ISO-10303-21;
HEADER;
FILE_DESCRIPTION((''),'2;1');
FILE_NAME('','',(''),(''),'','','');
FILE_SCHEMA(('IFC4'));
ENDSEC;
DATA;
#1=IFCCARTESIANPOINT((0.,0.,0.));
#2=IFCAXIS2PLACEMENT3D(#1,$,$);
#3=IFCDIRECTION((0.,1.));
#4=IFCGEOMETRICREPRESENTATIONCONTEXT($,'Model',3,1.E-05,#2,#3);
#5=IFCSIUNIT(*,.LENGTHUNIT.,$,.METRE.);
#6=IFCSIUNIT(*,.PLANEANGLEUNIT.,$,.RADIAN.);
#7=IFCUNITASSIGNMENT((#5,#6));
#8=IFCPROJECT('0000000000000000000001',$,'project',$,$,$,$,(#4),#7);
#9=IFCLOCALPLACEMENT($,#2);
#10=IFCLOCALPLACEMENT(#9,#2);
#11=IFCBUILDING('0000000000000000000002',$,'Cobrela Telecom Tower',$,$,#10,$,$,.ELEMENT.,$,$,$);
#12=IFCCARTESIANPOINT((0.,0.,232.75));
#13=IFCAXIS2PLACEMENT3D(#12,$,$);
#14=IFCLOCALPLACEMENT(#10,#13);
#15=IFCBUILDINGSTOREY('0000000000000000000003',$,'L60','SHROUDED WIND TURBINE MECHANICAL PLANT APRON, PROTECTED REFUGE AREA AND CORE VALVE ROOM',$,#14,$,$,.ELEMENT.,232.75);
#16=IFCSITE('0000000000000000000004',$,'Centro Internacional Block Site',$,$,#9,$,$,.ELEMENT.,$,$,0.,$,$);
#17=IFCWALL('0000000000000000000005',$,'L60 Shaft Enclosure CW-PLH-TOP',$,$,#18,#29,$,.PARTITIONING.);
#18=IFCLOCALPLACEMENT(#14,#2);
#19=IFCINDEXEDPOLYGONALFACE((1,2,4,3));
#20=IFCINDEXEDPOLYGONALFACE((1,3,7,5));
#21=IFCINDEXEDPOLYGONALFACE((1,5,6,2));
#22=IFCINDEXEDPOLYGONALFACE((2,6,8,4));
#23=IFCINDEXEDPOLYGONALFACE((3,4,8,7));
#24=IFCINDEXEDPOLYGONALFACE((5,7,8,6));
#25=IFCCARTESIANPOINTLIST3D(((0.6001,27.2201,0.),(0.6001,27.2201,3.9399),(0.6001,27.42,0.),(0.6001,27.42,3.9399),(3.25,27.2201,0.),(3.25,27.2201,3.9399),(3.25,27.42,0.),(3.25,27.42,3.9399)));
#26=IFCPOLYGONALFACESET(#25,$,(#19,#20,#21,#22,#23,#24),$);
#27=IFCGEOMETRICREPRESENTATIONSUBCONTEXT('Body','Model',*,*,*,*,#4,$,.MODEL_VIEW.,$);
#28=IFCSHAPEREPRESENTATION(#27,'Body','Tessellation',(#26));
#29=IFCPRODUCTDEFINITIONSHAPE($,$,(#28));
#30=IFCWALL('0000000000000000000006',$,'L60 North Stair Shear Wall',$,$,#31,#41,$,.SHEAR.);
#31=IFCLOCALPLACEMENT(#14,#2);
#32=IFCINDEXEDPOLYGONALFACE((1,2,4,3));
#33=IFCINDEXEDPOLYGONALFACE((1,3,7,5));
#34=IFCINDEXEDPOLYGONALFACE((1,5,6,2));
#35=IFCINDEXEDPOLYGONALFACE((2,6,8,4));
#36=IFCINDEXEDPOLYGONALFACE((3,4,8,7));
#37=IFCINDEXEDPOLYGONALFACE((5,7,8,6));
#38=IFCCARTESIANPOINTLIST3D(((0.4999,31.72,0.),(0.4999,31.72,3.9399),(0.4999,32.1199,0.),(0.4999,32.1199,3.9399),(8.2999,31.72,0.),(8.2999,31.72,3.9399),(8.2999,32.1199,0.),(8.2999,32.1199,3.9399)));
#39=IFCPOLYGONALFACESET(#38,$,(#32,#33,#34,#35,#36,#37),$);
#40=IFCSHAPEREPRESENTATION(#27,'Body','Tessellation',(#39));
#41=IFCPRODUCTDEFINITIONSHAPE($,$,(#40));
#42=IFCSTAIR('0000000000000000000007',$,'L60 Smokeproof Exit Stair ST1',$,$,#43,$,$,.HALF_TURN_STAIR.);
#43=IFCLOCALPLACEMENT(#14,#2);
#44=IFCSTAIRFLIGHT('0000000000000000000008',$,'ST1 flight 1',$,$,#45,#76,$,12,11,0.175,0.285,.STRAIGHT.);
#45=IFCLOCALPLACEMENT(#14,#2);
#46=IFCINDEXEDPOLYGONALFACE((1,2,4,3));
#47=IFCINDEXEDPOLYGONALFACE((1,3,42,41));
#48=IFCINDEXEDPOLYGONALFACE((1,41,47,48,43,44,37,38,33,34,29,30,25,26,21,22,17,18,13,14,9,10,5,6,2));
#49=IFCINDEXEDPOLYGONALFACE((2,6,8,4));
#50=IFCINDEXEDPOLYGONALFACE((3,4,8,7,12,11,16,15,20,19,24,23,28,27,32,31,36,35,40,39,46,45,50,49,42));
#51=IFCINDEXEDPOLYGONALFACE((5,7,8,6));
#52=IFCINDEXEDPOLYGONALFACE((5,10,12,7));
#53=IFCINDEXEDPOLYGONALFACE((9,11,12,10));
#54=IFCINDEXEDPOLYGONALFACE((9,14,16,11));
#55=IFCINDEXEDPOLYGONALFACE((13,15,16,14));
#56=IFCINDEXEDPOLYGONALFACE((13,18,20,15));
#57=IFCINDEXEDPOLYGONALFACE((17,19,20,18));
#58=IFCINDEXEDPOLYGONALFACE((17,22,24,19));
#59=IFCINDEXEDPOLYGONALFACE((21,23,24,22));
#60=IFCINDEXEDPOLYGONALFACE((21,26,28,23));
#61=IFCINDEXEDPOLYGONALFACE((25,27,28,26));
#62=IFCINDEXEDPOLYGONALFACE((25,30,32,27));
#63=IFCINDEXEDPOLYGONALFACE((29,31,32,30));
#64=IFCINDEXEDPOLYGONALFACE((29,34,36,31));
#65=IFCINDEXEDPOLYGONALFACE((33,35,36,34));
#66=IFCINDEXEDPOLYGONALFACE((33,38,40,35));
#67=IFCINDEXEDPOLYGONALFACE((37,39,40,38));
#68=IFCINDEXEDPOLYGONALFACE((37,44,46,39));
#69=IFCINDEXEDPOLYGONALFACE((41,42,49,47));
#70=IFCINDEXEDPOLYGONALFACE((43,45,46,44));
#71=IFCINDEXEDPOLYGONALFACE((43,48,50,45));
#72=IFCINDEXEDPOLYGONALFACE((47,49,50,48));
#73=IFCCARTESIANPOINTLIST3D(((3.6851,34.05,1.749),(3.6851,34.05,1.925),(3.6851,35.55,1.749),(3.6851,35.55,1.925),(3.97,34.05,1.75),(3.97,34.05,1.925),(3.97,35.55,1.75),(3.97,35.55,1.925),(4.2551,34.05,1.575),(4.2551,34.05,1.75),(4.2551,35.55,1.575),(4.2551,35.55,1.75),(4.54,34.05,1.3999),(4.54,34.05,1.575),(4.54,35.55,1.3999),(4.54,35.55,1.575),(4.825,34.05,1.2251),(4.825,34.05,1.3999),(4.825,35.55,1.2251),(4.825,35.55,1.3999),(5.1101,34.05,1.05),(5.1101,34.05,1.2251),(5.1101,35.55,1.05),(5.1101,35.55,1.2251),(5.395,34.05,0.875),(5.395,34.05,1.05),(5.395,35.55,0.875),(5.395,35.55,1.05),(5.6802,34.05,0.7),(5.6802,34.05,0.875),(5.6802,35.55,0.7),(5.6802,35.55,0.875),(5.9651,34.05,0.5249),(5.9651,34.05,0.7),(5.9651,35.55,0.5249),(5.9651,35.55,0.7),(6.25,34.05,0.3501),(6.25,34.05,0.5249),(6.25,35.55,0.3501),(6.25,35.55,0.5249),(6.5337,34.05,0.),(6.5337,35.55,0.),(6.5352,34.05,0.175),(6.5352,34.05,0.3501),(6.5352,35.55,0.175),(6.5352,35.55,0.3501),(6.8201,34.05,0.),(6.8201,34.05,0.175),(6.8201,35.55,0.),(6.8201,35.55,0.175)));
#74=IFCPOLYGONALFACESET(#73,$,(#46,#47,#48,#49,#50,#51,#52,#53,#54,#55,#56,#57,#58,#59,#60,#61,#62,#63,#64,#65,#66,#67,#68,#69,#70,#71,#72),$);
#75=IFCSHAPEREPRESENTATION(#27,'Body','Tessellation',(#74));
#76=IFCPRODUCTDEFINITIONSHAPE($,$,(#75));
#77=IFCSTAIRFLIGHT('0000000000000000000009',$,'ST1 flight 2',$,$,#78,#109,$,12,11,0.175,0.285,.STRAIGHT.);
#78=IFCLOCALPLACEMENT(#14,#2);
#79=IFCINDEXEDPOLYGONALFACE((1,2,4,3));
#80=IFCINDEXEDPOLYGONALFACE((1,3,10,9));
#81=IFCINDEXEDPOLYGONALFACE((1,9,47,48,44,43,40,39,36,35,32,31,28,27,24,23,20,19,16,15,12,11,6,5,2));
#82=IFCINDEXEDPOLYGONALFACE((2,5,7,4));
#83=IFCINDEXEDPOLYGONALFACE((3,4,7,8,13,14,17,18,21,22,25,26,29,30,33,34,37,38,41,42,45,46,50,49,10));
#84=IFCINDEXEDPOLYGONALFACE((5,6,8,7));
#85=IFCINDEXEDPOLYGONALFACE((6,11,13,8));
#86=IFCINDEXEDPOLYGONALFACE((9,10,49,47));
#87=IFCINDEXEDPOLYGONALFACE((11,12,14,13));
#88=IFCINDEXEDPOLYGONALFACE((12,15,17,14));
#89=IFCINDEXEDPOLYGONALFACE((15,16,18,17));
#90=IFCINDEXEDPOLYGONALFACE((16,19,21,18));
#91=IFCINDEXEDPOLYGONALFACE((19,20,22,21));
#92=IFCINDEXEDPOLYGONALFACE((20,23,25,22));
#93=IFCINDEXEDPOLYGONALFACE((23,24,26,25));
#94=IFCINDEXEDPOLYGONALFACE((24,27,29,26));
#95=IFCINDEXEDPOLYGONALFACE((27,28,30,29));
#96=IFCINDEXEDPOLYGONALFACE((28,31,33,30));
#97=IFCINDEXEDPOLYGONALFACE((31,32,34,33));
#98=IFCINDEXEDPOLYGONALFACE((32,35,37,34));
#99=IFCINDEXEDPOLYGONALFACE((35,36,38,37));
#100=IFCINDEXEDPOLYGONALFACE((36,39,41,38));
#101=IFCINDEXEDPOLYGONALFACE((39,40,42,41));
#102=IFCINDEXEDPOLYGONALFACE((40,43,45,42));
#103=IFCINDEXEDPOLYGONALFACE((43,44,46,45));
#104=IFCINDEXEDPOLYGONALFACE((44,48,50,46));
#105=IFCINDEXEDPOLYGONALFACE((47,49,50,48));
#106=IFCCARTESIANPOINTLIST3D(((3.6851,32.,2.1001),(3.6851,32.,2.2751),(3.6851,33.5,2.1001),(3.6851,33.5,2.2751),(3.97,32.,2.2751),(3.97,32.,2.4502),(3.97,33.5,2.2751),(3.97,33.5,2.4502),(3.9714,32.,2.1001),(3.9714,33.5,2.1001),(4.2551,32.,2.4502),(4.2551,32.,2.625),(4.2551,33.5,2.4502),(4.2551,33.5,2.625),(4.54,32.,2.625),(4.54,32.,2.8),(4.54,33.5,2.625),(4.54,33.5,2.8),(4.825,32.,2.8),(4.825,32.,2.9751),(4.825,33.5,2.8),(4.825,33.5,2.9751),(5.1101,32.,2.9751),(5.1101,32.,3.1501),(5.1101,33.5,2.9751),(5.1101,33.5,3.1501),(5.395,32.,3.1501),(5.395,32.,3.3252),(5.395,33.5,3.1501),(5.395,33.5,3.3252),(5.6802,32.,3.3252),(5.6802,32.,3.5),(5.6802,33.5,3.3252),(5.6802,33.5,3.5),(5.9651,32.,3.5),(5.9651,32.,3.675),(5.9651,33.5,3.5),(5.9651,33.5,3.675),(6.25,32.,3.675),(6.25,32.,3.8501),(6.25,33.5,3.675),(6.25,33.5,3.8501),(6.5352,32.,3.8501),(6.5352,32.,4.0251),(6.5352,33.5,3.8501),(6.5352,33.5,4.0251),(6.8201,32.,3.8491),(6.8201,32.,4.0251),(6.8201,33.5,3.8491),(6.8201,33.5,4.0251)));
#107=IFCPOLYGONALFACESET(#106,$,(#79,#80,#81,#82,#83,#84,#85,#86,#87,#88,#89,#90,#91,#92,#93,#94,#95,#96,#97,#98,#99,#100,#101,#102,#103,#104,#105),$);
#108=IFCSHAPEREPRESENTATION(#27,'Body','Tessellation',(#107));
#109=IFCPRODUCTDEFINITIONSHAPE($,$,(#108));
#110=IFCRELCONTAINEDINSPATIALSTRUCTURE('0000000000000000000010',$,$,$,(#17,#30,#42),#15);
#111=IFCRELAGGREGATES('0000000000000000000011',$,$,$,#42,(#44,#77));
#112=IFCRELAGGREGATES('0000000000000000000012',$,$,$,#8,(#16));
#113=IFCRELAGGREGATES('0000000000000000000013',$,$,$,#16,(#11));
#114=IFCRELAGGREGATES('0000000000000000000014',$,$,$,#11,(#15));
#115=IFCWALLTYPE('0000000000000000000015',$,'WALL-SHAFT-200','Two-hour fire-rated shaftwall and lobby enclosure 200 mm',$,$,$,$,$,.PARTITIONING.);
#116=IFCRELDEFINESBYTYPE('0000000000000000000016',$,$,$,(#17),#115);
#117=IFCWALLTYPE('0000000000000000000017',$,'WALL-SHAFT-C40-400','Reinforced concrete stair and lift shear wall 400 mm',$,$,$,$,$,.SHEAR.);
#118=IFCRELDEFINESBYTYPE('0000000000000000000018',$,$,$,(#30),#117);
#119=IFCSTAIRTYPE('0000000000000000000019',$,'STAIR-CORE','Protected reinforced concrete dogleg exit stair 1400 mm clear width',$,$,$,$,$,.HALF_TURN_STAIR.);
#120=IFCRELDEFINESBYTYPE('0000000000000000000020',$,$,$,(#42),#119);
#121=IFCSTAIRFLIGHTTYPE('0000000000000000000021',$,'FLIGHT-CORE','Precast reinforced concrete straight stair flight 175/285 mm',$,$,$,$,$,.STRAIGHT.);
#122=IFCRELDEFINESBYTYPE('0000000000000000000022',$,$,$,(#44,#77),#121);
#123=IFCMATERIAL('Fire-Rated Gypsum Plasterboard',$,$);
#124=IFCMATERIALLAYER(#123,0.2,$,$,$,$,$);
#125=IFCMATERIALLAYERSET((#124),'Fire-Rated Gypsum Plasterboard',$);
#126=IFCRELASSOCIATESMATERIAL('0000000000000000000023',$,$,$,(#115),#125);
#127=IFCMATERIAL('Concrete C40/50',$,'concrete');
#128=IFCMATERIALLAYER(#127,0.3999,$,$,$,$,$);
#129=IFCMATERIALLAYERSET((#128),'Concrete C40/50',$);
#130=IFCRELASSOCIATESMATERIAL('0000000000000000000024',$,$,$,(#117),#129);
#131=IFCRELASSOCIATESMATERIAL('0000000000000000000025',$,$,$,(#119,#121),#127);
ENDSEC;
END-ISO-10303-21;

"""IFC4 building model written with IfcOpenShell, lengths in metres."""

from ifc_helpers import new_model, si_unit, direction, frame, frame_2d, origin, place, context, subcontext, project, spatial, polyline, rectangle, outline, extrude, material, layer, layer_set, type_object, element, aggregate, save


model = new_model("IFC4")

# Units and contexts
model_context = context("Model", 3, precision=1e-05, world=origin(), true_north=direction((0.0, 1.0)))
body_context = subcontext(model_context, "Body", "Model", "MODEL_VIEW")
ifc_project = project(units=[si_unit("LENGTHUNIT", "METRE"), si_unit("PLANEANGLEUNIT", "RADIAN")], contexts=[model_context])

# Site, building, storey
site_placement = place(None, origin())
site = spatial("IfcSite", under=ifc_project, at=site_placement, Name="Centro Internacional Block Site", CompositionType="ELEMENT", RefElevation=0.0)
building_placement = place(site_placement, origin())
building = spatial("IfcBuilding", under=site, at=building_placement, Name="Cobrela Telecom Tower", CompositionType="ELEMENT")
storey_placement = place(building_placement, frame((0.0, 0.0, 232.75)))
storey = spatial("IfcBuildingStorey", under=building, at=storey_placement, Name="L60", Description="SHROUDED WIND TURBINE MECHANICAL PLANT APRON, PROTECTED REFUGE AREA AND CORE VALVE ROOM", CompositionType="ELEMENT", Elevation=232.75)

# Shared definitions
ifc_material_1 = material(Name="Concrete C40/50", Category="concrete")

# Shared definitions
ifc_material_2 = material(Name="Fire-Rated Gypsum Plasterboard")

# Shared definitions
ifc_layer_1 = layer(ifc_material_2, 0.2)
ifc_layer_set_1 = layer_set([ifc_layer_1], Name="Fire-Rated Gypsum Plasterboard")
wall_type_1 = type_object("IfcWallType", Name="WALL-SHAFT-200", Description="Two-hour fire-rated shaftwall and lobby enclosure 200 mm", PredefinedType="PARTITIONING", material=ifc_layer_set_1)

# Walls
wall_1_placement = place(storey_placement, frame((0.6001, 27.3201, 0.0), z_axis=(0.0, 0.0, 1.0), x_axis=(1.0, 0.0, 0.0)))
element("IfcWall", 1, at=wall_1_placement, inside=storey, type_object=wall_type_1, Name="L60 Shaft Enclosure CW-PLH-TOP", PredefinedType="PARTITIONING", context=body_context, shape_type="SweptSolid", body=[
    extrude(rectangle(XDim=2.6499, YDim=0.2, at=frame_2d((1.325, 0.0))), origin(), (0.0, 0.0, 1.0), 3.9399),
])
ifc_layer_2 = layer(ifc_material_1, 0.3999)
ifc_layer_set_2 = layer_set([ifc_layer_2], Name="Concrete C40/50")
wall_type_2 = type_object("IfcWallType", Name="WALL-SHAFT-C40-400", Description="Reinforced concrete stair and lift shear wall 400 mm", PredefinedType="SHEAR", material=ifc_layer_set_2)
wall_2_placement = place(storey_placement, frame((0.5, 31.9199, 0.0), z_axis=(0.0, 0.0, 1.0), x_axis=(1.0, 0.0, 0.0)))
element("IfcWall", 2, at=wall_2_placement, inside=storey, type_object=wall_type_2, Name="L60 North Stair Shear Wall", PredefinedType="SHEAR", context=body_context, shape_type="SweptSolid", body=[
    extrude(rectangle(XDim=7.8, YDim=0.3999, at=frame_2d((3.8999, 0.0))), origin(), (0.0, 0.0, 1.0), 3.9399),
])

# Stair, stair flights
stair_type = type_object("IfcStairType", Name="STAIR-CORE", Description="Protected reinforced concrete dogleg exit stair 1400 mm clear width", PredefinedType="HALF_TURN_STAIR", material=ifc_material_1)
stair_placement = place(storey_placement, origin())
stair = element("IfcStair", 3, at=stair_placement, inside=storey, type_object=stair_type, Name="L60 Smokeproof Exit Stair ST1", PredefinedType="HALF_TURN_STAIR")
stair_flight_type = type_object("IfcStairFlightType", Name="FLIGHT-CORE", Description="Precast reinforced concrete straight stair flight 175/285 mm", PredefinedType="STRAIGHT", material=ifc_material_1)
stair_flight_1_placement = place(storey_placement, frame((6.8201, 34.8, 0.0), z_axis=(0.0, 0.0, 1.0), x_axis=(-1.0, 0.0, 0.0)))
stair_flight_1 = element("IfcStairFlight", 4, at=stair_flight_1_placement, type_object=stair_flight_type, Name="ST1 flight 1", NumberOfRisers=12, NumberOfTreads=11, PredefinedType="STRAIGHT", RiserHeight=0.175, TreadLength=0.285, context=body_context, shape_type="SweptSolid", body=[
    extrude(outline(polyline([(0.0, 0.0), (0.0, 0.175), (0.2849, 0.175), (0.2849, 0.3501), (0.5701, 0.3501), (0.5701, 0.5249), (0.855, 0.5249), (0.855, 0.7), (1.1399, 0.7), (1.1399, 0.875), (1.425, 0.875), (1.425, 1.05), (1.71, 1.05), (1.71, 1.2251), (1.9951, 1.2251), (1.9951, 1.3999), (2.28, 1.3999), (2.28, 1.575), (2.5649, 1.575), (2.5649, 1.75), (2.8501, 1.75), (2.8501, 1.925), (3.135, 1.925), (3.135, 2.1001), (3.135, 1.749), (0.2864, 0.0), (0.0, 0.0)])), frame((0.0, 0.75, 0.0), z_axis=(0.0, -1.0, 0.0), x_axis=(1.0, 0.0, 0.0)), (0.0, 0.0, 1.0), 1.5),
])
stair_flight_2_placement = place(storey_placement, frame((3.6851, 32.75, 2.1001), z_axis=(0.0, 0.0, 1.0), x_axis=(1.0, 0.0, 0.0)))
stair_flight_2 = element("IfcStairFlight", 5, at=stair_flight_2_placement, type_object=stair_flight_type, Name="ST1 flight 2", NumberOfRisers=12, NumberOfTreads=11, PredefinedType="STRAIGHT", RiserHeight=0.175, TreadLength=0.285, context=body_context, shape_type="SweptSolid", body=[
    extrude(outline(polyline([(0.0, 0.0), (0.0, 0.175), (0.2849, 0.175), (0.2849, 0.3501), (0.5701, 0.3501), (0.5701, 0.5249), (0.855, 0.5249), (0.855, 0.7), (1.1399, 0.7), (1.1399, 0.875), (1.425, 0.875), (1.425, 1.05), (1.71, 1.05), (1.71, 1.2251), (1.9951, 1.2251), (1.9951, 1.3999), (2.28, 1.3999), (2.28, 1.575), (2.5649, 1.575), (2.5649, 1.75), (2.8501, 1.75), (2.8501, 1.925), (3.135, 1.925), (3.135, 2.1001), (3.135, 1.749), (0.2864, 0.0), (0.0, 0.0)])), frame((0.0, 0.75, 0.0), z_axis=(0.0, -1.0, 0.0), x_axis=(1.0, 0.0, 0.0)), (0.0, 0.0, 1.0), 1.5),
])
aggregate(stair, [stair_flight_1, stair_flight_2])

save(model, "model.ifc")
